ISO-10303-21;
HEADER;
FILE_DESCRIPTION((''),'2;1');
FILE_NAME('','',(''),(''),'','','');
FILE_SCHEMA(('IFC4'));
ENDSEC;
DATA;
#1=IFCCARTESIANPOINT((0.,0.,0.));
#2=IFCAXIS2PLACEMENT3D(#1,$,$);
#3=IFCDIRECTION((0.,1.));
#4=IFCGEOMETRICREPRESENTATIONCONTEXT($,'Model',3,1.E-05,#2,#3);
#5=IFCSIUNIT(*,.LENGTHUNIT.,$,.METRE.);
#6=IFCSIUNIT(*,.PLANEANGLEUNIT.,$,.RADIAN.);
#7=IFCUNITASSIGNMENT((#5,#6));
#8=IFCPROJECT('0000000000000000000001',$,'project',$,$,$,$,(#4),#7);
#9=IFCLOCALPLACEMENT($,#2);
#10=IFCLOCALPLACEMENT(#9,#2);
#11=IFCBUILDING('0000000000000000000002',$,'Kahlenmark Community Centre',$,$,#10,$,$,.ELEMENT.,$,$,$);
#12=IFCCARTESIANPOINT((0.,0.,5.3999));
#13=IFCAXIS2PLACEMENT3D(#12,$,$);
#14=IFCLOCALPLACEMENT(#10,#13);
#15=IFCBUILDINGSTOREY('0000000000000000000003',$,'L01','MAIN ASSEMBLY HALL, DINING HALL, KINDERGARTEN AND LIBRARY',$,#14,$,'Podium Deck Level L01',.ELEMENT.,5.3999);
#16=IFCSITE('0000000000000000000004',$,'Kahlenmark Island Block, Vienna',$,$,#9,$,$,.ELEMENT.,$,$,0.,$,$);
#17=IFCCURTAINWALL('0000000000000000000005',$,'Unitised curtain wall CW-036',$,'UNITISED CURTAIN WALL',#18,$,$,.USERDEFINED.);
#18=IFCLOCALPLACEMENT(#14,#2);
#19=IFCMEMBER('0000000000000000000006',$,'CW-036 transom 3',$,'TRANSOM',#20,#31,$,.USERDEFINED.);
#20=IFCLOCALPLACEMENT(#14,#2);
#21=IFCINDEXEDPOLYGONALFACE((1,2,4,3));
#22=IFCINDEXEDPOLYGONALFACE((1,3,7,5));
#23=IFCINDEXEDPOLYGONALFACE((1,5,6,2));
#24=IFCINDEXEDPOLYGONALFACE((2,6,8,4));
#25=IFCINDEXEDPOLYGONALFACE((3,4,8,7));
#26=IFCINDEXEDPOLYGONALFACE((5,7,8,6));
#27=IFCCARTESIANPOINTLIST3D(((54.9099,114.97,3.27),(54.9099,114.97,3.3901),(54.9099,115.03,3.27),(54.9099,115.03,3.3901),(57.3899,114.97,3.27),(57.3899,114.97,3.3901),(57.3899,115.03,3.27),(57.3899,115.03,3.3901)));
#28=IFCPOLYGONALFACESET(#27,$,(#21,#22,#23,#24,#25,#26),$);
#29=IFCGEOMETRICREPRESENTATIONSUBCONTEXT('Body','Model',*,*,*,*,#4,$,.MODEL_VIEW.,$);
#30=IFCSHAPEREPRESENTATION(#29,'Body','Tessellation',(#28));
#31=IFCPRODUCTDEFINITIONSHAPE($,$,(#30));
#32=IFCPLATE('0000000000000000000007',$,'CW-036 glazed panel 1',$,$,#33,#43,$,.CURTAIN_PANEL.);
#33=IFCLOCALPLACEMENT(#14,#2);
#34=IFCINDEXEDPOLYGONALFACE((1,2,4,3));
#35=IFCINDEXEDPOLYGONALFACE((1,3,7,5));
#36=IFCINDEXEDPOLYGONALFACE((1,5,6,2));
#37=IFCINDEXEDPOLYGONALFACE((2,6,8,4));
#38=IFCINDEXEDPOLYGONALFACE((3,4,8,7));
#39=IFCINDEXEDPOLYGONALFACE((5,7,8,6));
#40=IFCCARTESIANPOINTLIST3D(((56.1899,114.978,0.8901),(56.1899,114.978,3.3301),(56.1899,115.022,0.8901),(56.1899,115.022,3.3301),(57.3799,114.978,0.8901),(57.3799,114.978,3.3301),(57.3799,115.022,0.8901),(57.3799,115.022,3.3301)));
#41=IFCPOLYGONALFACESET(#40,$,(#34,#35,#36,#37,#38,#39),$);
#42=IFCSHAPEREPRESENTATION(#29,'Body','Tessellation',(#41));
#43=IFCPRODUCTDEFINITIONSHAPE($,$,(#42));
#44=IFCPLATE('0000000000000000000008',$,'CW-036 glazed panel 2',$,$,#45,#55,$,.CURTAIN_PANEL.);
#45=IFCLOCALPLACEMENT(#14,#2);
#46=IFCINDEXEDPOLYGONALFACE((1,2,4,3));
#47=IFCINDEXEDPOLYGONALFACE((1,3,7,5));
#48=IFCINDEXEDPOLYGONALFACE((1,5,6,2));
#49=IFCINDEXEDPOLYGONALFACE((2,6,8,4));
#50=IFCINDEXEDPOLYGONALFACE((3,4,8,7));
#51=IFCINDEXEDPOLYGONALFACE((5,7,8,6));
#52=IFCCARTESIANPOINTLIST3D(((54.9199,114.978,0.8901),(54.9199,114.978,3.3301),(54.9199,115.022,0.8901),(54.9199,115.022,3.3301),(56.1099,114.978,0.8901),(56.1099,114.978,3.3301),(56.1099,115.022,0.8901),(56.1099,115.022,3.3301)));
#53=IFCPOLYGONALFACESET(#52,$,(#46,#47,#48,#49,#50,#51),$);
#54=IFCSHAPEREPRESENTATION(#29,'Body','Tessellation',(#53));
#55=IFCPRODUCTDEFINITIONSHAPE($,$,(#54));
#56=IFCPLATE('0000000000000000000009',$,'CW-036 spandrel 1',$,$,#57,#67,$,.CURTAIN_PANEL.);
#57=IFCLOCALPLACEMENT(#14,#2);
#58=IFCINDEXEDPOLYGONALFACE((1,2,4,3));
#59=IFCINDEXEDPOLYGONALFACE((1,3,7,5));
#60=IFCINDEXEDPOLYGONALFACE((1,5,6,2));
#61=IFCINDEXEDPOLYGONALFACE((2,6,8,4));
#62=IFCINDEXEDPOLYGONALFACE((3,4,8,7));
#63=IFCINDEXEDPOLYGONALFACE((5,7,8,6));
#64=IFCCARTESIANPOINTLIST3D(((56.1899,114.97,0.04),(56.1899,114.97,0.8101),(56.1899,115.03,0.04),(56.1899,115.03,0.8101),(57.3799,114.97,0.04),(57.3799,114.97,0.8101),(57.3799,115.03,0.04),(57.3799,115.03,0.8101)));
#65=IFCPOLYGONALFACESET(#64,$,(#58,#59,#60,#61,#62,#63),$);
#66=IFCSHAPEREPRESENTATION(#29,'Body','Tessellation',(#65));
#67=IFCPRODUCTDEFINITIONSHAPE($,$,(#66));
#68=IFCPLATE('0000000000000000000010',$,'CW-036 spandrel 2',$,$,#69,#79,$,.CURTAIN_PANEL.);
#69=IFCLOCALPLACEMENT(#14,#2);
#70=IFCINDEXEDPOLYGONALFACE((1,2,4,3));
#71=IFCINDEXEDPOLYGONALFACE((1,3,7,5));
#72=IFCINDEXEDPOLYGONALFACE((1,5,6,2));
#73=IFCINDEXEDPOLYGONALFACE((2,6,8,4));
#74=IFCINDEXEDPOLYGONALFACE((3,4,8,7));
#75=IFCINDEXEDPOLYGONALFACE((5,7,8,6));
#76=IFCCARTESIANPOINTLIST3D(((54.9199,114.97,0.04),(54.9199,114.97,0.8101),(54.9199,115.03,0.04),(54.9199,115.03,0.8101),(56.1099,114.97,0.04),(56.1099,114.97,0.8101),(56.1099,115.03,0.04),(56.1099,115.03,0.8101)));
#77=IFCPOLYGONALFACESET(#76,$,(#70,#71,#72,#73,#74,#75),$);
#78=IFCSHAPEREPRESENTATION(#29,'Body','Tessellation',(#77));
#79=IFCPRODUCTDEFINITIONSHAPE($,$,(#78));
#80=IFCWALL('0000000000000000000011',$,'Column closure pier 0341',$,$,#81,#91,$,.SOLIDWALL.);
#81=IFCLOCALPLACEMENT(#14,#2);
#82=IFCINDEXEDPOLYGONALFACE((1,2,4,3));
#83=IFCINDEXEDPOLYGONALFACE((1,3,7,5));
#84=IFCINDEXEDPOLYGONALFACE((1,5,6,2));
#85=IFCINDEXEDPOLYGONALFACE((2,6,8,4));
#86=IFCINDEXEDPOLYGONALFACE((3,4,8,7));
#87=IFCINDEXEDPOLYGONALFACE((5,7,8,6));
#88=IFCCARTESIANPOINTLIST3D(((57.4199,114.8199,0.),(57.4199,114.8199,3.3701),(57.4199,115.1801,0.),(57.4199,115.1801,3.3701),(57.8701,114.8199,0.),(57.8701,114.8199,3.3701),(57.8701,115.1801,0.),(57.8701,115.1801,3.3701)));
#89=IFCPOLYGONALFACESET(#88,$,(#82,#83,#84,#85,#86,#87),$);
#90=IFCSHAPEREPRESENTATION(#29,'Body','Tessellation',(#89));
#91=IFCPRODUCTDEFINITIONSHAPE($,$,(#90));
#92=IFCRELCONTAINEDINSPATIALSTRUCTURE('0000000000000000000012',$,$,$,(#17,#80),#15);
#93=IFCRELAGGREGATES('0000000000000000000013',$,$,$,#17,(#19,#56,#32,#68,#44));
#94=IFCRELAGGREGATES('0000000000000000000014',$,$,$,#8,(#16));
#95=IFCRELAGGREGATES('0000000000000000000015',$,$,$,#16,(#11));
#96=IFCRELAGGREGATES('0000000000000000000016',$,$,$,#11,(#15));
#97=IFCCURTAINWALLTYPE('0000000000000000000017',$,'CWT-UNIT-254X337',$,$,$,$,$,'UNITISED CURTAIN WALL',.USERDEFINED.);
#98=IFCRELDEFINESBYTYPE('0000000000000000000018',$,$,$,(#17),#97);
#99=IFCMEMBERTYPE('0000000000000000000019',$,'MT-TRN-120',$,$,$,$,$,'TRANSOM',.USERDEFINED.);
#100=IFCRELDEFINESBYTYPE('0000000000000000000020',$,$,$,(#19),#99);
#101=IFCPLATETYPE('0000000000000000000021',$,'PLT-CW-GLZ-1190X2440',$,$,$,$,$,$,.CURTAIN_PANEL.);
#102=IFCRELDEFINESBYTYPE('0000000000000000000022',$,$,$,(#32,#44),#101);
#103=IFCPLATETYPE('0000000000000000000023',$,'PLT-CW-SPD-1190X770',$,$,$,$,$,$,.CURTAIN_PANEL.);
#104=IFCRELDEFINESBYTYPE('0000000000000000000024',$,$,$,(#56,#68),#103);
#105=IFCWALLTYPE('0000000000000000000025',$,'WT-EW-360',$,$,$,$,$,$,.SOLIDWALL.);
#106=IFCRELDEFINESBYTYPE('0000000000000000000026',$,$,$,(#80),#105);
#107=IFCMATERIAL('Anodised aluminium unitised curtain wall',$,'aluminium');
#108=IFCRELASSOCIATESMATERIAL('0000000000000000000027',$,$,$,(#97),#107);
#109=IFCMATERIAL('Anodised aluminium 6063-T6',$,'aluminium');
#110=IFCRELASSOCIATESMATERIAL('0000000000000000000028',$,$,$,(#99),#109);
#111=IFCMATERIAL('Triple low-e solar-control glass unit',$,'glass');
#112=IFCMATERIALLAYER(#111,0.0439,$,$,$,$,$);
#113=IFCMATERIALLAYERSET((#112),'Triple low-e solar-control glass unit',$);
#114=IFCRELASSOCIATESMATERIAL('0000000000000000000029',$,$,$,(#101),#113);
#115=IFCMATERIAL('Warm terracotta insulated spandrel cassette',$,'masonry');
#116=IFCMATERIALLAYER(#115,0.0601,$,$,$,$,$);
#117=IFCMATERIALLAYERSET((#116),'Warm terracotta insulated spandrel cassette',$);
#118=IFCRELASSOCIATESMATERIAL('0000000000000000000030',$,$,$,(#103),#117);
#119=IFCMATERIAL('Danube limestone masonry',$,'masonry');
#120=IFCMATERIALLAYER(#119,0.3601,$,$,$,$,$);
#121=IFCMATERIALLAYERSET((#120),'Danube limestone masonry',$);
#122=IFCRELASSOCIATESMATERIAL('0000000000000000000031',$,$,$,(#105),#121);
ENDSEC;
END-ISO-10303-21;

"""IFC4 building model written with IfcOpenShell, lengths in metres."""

from ifc_helpers import new_model, si_unit, direction, frame, frame_2d, origin, origin_2d, place, context, subcontext, project, spatial, rectangle, extrude, material, layer, layer_set, material_profile, profile_set, type_object, element, aggregate, save


model = new_model("IFC4")

# Units and contexts
model_context = context("Model", 3, precision=1e-05, world=origin(), true_north=direction((0.0, 1.0)))
body_context = subcontext(model_context, "Body", "Model", "MODEL_VIEW")
ifc_project = project(units=[si_unit("LENGTHUNIT", "METRE"), si_unit("PLANEANGLEUNIT", "RADIAN")], contexts=[model_context])

# Site, building, storey
site_placement = place(None, origin())
site = spatial("IfcSite", under=ifc_project, at=site_placement, Name="Kahlenmark Island Block, Vienna", CompositionType="ELEMENT", RefElevation=0.0)
building_placement = place(site_placement, origin())
building = spatial("IfcBuilding", under=site, at=building_placement, Name="Kahlenmark Community Centre", CompositionType="ELEMENT")
storey_placement = place(building_placement, frame((0.0, 0.0, 5.3999)))
storey = spatial("IfcBuildingStorey", under=building, at=storey_placement, Name="L01", Description="MAIN ASSEMBLY HALL, DINING HALL, KINDERGARTEN AND LIBRARY", LongName="Podium Deck Level L01", CompositionType="ELEMENT", Elevation=5.3999)

# Curtain wall, member, plates
ifc_material_1 = material(Name="Anodised aluminium unitised curtain wall", Category="aluminium")
curtain_wall_type = type_object("IfcCurtainWallType", Name="CWT-UNIT-254X337", ElementType="UNITISED CURTAIN WALL", PredefinedType="USERDEFINED", material=ifc_material_1)
curtain_wall_placement = place(storey_placement, origin())
curtain_wall = element("IfcCurtainWall", 1, at=curtain_wall_placement, inside=storey, type_object=curtain_wall_type, Name="Unitised curtain wall CW-036", ObjectType="UNITISED CURTAIN WALL", PredefinedType="USERDEFINED")
ifc_material_2 = material(Name="Anodised aluminium 6063-T6", Category="aluminium")
ifc_material_profile_1 = material_profile(ifc_material_2, rectangle(XDim=0.0601, YDim=0.1201, at=origin_2d()), Name="ALU TRANSOM 60x120")
ifc_profile_set_1 = profile_set([ifc_material_profile_1], Name="Anodised aluminium 6063-T6")
member_type_1 = type_object("IfcMemberType", Name="MT-TRN-120", ElementType="TRANSOM", PredefinedType="USERDEFINED", material=ifc_profile_set_1)
member_1_placement = place(storey_placement, frame((57.3899, 115.0, 3.3301), z_axis=(-1.0, 0.0, 0.0), x_axis=(0.0, -1.0, 0.0)))
member_1 = element("IfcMember", 2, at=member_1_placement, type_object=member_type_1, Name="CW-036 transom 3", ObjectType="TRANSOM", PredefinedType="USERDEFINED", context=body_context, shape_type="SweptSolid", body=[
    extrude(rectangle(XDim=0.0601, YDim=0.1201, at=origin_2d()), origin(), (0.0, 0.0, 1.0), 2.48),
])
ifc_material_3 = material(Name="Triple low-e solar-control glass unit", Category="glass")
ifc_layer_1 = layer(ifc_material_3, 0.0439)
ifc_layer_set_1 = layer_set([ifc_layer_1], Name="Triple low-e solar-control glass unit")
plate_type_1 = type_object("IfcPlateType", Name="PLT-CW-GLZ-1190X2440", PredefinedType="CURTAIN_PANEL", material=ifc_layer_set_1)
plate_1_placement = place(storey_placement, frame((56.7849, 115.0, 0.8901), z_axis=(0.0, 0.0, 1.0), x_axis=(-1.0, 0.0, 0.0)))
plate_1 = element("IfcPlate", 3, at=plate_1_placement, type_object=plate_type_1, Name="CW-036 glazed panel 1", PredefinedType="CURTAIN_PANEL", context=body_context, shape_type="SweptSolid", body=[
    extrude(rectangle(XDim=1.1899, YDim=0.0439, at=origin_2d()), origin(), (0.0, 0.0, 1.0), 2.4399),
])
plate_2_placement = place(storey_placement, frame((55.5149, 115.0, 0.8901), z_axis=(0.0, 0.0, 1.0), x_axis=(-1.0, 0.0, 0.0)))
plate_2 = element("IfcPlate", 4, at=plate_2_placement, type_object=plate_type_1, Name="CW-036 glazed panel 2", PredefinedType="CURTAIN_PANEL", context=body_context, shape_type="SweptSolid", body=[
    extrude(rectangle(XDim=1.1899, YDim=0.0439, at=origin_2d()), origin(), (0.0, 0.0, 1.0), 2.4399),
])
ifc_material_4 = material(Name="Warm terracotta insulated spandrel cassette", Category="masonry")
ifc_layer_2 = layer(ifc_material_4, 0.0601)
ifc_layer_set_2 = layer_set([ifc_layer_2], Name="Warm terracotta insulated spandrel cassette")
plate_type_2 = type_object("IfcPlateType", Name="PLT-CW-SPD-1190X770", PredefinedType="CURTAIN_PANEL", material=ifc_layer_set_2)
plate_3_placement = place(storey_placement, frame((56.7849, 115.0, 0.04), z_axis=(0.0, 0.0, 1.0), x_axis=(-1.0, 0.0, 0.0)))
plate_3 = element("IfcPlate", 5, at=plate_3_placement, type_object=plate_type_2, Name="CW-036 spandrel 1", PredefinedType="CURTAIN_PANEL", context=body_context, shape_type="SweptSolid", body=[
    extrude(rectangle(XDim=1.1899, YDim=0.0601, at=origin_2d()), origin(), (0.0, 0.0, 1.0), 0.77),
])
plate_4_placement = place(storey_placement, frame((55.5149, 115.0, 0.04), z_axis=(0.0, 0.0, 1.0), x_axis=(-1.0, 0.0, 0.0)))
plate_4 = element("IfcPlate", 6, at=plate_4_placement, type_object=plate_type_2, Name="CW-036 spandrel 2", PredefinedType="CURTAIN_PANEL", context=body_context, shape_type="SweptSolid", body=[
    extrude(rectangle(XDim=1.1899, YDim=0.0601, at=origin_2d()), origin(), (0.0, 0.0, 1.0), 0.77),
])
aggregate(curtain_wall, [member_1, plate_3, plate_1, plate_4, plate_2])

# Wall
ifc_material_5 = material(Name="Danube limestone masonry", Category="masonry")
ifc_layer_3 = layer(ifc_material_5, 0.3601)
ifc_layer_set_3 = layer_set([ifc_layer_3], Name="Danube limestone masonry")
wall_type = type_object("IfcWallType", Name="WT-EW-360", PredefinedType="SOLIDWALL", material=ifc_layer_set_3)
wall_placement = place(storey_placement, frame((57.8701, 115.0, 0.0), z_axis=(0.0, 0.0, 1.0), x_axis=(-1.0, 0.0, 0.0)))
element("IfcWall", 7, at=wall_placement, inside=storey, type_object=wall_type, Name="Column closure pier 0341", PredefinedType="SOLIDWALL", context=body_context, shape_type="SweptSolid", body=[
    extrude(rectangle(XDim=0.4502, YDim=0.3601, at=frame_2d((0.2251, 0.0))), origin(), (0.0, 0.0, 1.0), 3.3701),
])

save(model, "model.ifc")
